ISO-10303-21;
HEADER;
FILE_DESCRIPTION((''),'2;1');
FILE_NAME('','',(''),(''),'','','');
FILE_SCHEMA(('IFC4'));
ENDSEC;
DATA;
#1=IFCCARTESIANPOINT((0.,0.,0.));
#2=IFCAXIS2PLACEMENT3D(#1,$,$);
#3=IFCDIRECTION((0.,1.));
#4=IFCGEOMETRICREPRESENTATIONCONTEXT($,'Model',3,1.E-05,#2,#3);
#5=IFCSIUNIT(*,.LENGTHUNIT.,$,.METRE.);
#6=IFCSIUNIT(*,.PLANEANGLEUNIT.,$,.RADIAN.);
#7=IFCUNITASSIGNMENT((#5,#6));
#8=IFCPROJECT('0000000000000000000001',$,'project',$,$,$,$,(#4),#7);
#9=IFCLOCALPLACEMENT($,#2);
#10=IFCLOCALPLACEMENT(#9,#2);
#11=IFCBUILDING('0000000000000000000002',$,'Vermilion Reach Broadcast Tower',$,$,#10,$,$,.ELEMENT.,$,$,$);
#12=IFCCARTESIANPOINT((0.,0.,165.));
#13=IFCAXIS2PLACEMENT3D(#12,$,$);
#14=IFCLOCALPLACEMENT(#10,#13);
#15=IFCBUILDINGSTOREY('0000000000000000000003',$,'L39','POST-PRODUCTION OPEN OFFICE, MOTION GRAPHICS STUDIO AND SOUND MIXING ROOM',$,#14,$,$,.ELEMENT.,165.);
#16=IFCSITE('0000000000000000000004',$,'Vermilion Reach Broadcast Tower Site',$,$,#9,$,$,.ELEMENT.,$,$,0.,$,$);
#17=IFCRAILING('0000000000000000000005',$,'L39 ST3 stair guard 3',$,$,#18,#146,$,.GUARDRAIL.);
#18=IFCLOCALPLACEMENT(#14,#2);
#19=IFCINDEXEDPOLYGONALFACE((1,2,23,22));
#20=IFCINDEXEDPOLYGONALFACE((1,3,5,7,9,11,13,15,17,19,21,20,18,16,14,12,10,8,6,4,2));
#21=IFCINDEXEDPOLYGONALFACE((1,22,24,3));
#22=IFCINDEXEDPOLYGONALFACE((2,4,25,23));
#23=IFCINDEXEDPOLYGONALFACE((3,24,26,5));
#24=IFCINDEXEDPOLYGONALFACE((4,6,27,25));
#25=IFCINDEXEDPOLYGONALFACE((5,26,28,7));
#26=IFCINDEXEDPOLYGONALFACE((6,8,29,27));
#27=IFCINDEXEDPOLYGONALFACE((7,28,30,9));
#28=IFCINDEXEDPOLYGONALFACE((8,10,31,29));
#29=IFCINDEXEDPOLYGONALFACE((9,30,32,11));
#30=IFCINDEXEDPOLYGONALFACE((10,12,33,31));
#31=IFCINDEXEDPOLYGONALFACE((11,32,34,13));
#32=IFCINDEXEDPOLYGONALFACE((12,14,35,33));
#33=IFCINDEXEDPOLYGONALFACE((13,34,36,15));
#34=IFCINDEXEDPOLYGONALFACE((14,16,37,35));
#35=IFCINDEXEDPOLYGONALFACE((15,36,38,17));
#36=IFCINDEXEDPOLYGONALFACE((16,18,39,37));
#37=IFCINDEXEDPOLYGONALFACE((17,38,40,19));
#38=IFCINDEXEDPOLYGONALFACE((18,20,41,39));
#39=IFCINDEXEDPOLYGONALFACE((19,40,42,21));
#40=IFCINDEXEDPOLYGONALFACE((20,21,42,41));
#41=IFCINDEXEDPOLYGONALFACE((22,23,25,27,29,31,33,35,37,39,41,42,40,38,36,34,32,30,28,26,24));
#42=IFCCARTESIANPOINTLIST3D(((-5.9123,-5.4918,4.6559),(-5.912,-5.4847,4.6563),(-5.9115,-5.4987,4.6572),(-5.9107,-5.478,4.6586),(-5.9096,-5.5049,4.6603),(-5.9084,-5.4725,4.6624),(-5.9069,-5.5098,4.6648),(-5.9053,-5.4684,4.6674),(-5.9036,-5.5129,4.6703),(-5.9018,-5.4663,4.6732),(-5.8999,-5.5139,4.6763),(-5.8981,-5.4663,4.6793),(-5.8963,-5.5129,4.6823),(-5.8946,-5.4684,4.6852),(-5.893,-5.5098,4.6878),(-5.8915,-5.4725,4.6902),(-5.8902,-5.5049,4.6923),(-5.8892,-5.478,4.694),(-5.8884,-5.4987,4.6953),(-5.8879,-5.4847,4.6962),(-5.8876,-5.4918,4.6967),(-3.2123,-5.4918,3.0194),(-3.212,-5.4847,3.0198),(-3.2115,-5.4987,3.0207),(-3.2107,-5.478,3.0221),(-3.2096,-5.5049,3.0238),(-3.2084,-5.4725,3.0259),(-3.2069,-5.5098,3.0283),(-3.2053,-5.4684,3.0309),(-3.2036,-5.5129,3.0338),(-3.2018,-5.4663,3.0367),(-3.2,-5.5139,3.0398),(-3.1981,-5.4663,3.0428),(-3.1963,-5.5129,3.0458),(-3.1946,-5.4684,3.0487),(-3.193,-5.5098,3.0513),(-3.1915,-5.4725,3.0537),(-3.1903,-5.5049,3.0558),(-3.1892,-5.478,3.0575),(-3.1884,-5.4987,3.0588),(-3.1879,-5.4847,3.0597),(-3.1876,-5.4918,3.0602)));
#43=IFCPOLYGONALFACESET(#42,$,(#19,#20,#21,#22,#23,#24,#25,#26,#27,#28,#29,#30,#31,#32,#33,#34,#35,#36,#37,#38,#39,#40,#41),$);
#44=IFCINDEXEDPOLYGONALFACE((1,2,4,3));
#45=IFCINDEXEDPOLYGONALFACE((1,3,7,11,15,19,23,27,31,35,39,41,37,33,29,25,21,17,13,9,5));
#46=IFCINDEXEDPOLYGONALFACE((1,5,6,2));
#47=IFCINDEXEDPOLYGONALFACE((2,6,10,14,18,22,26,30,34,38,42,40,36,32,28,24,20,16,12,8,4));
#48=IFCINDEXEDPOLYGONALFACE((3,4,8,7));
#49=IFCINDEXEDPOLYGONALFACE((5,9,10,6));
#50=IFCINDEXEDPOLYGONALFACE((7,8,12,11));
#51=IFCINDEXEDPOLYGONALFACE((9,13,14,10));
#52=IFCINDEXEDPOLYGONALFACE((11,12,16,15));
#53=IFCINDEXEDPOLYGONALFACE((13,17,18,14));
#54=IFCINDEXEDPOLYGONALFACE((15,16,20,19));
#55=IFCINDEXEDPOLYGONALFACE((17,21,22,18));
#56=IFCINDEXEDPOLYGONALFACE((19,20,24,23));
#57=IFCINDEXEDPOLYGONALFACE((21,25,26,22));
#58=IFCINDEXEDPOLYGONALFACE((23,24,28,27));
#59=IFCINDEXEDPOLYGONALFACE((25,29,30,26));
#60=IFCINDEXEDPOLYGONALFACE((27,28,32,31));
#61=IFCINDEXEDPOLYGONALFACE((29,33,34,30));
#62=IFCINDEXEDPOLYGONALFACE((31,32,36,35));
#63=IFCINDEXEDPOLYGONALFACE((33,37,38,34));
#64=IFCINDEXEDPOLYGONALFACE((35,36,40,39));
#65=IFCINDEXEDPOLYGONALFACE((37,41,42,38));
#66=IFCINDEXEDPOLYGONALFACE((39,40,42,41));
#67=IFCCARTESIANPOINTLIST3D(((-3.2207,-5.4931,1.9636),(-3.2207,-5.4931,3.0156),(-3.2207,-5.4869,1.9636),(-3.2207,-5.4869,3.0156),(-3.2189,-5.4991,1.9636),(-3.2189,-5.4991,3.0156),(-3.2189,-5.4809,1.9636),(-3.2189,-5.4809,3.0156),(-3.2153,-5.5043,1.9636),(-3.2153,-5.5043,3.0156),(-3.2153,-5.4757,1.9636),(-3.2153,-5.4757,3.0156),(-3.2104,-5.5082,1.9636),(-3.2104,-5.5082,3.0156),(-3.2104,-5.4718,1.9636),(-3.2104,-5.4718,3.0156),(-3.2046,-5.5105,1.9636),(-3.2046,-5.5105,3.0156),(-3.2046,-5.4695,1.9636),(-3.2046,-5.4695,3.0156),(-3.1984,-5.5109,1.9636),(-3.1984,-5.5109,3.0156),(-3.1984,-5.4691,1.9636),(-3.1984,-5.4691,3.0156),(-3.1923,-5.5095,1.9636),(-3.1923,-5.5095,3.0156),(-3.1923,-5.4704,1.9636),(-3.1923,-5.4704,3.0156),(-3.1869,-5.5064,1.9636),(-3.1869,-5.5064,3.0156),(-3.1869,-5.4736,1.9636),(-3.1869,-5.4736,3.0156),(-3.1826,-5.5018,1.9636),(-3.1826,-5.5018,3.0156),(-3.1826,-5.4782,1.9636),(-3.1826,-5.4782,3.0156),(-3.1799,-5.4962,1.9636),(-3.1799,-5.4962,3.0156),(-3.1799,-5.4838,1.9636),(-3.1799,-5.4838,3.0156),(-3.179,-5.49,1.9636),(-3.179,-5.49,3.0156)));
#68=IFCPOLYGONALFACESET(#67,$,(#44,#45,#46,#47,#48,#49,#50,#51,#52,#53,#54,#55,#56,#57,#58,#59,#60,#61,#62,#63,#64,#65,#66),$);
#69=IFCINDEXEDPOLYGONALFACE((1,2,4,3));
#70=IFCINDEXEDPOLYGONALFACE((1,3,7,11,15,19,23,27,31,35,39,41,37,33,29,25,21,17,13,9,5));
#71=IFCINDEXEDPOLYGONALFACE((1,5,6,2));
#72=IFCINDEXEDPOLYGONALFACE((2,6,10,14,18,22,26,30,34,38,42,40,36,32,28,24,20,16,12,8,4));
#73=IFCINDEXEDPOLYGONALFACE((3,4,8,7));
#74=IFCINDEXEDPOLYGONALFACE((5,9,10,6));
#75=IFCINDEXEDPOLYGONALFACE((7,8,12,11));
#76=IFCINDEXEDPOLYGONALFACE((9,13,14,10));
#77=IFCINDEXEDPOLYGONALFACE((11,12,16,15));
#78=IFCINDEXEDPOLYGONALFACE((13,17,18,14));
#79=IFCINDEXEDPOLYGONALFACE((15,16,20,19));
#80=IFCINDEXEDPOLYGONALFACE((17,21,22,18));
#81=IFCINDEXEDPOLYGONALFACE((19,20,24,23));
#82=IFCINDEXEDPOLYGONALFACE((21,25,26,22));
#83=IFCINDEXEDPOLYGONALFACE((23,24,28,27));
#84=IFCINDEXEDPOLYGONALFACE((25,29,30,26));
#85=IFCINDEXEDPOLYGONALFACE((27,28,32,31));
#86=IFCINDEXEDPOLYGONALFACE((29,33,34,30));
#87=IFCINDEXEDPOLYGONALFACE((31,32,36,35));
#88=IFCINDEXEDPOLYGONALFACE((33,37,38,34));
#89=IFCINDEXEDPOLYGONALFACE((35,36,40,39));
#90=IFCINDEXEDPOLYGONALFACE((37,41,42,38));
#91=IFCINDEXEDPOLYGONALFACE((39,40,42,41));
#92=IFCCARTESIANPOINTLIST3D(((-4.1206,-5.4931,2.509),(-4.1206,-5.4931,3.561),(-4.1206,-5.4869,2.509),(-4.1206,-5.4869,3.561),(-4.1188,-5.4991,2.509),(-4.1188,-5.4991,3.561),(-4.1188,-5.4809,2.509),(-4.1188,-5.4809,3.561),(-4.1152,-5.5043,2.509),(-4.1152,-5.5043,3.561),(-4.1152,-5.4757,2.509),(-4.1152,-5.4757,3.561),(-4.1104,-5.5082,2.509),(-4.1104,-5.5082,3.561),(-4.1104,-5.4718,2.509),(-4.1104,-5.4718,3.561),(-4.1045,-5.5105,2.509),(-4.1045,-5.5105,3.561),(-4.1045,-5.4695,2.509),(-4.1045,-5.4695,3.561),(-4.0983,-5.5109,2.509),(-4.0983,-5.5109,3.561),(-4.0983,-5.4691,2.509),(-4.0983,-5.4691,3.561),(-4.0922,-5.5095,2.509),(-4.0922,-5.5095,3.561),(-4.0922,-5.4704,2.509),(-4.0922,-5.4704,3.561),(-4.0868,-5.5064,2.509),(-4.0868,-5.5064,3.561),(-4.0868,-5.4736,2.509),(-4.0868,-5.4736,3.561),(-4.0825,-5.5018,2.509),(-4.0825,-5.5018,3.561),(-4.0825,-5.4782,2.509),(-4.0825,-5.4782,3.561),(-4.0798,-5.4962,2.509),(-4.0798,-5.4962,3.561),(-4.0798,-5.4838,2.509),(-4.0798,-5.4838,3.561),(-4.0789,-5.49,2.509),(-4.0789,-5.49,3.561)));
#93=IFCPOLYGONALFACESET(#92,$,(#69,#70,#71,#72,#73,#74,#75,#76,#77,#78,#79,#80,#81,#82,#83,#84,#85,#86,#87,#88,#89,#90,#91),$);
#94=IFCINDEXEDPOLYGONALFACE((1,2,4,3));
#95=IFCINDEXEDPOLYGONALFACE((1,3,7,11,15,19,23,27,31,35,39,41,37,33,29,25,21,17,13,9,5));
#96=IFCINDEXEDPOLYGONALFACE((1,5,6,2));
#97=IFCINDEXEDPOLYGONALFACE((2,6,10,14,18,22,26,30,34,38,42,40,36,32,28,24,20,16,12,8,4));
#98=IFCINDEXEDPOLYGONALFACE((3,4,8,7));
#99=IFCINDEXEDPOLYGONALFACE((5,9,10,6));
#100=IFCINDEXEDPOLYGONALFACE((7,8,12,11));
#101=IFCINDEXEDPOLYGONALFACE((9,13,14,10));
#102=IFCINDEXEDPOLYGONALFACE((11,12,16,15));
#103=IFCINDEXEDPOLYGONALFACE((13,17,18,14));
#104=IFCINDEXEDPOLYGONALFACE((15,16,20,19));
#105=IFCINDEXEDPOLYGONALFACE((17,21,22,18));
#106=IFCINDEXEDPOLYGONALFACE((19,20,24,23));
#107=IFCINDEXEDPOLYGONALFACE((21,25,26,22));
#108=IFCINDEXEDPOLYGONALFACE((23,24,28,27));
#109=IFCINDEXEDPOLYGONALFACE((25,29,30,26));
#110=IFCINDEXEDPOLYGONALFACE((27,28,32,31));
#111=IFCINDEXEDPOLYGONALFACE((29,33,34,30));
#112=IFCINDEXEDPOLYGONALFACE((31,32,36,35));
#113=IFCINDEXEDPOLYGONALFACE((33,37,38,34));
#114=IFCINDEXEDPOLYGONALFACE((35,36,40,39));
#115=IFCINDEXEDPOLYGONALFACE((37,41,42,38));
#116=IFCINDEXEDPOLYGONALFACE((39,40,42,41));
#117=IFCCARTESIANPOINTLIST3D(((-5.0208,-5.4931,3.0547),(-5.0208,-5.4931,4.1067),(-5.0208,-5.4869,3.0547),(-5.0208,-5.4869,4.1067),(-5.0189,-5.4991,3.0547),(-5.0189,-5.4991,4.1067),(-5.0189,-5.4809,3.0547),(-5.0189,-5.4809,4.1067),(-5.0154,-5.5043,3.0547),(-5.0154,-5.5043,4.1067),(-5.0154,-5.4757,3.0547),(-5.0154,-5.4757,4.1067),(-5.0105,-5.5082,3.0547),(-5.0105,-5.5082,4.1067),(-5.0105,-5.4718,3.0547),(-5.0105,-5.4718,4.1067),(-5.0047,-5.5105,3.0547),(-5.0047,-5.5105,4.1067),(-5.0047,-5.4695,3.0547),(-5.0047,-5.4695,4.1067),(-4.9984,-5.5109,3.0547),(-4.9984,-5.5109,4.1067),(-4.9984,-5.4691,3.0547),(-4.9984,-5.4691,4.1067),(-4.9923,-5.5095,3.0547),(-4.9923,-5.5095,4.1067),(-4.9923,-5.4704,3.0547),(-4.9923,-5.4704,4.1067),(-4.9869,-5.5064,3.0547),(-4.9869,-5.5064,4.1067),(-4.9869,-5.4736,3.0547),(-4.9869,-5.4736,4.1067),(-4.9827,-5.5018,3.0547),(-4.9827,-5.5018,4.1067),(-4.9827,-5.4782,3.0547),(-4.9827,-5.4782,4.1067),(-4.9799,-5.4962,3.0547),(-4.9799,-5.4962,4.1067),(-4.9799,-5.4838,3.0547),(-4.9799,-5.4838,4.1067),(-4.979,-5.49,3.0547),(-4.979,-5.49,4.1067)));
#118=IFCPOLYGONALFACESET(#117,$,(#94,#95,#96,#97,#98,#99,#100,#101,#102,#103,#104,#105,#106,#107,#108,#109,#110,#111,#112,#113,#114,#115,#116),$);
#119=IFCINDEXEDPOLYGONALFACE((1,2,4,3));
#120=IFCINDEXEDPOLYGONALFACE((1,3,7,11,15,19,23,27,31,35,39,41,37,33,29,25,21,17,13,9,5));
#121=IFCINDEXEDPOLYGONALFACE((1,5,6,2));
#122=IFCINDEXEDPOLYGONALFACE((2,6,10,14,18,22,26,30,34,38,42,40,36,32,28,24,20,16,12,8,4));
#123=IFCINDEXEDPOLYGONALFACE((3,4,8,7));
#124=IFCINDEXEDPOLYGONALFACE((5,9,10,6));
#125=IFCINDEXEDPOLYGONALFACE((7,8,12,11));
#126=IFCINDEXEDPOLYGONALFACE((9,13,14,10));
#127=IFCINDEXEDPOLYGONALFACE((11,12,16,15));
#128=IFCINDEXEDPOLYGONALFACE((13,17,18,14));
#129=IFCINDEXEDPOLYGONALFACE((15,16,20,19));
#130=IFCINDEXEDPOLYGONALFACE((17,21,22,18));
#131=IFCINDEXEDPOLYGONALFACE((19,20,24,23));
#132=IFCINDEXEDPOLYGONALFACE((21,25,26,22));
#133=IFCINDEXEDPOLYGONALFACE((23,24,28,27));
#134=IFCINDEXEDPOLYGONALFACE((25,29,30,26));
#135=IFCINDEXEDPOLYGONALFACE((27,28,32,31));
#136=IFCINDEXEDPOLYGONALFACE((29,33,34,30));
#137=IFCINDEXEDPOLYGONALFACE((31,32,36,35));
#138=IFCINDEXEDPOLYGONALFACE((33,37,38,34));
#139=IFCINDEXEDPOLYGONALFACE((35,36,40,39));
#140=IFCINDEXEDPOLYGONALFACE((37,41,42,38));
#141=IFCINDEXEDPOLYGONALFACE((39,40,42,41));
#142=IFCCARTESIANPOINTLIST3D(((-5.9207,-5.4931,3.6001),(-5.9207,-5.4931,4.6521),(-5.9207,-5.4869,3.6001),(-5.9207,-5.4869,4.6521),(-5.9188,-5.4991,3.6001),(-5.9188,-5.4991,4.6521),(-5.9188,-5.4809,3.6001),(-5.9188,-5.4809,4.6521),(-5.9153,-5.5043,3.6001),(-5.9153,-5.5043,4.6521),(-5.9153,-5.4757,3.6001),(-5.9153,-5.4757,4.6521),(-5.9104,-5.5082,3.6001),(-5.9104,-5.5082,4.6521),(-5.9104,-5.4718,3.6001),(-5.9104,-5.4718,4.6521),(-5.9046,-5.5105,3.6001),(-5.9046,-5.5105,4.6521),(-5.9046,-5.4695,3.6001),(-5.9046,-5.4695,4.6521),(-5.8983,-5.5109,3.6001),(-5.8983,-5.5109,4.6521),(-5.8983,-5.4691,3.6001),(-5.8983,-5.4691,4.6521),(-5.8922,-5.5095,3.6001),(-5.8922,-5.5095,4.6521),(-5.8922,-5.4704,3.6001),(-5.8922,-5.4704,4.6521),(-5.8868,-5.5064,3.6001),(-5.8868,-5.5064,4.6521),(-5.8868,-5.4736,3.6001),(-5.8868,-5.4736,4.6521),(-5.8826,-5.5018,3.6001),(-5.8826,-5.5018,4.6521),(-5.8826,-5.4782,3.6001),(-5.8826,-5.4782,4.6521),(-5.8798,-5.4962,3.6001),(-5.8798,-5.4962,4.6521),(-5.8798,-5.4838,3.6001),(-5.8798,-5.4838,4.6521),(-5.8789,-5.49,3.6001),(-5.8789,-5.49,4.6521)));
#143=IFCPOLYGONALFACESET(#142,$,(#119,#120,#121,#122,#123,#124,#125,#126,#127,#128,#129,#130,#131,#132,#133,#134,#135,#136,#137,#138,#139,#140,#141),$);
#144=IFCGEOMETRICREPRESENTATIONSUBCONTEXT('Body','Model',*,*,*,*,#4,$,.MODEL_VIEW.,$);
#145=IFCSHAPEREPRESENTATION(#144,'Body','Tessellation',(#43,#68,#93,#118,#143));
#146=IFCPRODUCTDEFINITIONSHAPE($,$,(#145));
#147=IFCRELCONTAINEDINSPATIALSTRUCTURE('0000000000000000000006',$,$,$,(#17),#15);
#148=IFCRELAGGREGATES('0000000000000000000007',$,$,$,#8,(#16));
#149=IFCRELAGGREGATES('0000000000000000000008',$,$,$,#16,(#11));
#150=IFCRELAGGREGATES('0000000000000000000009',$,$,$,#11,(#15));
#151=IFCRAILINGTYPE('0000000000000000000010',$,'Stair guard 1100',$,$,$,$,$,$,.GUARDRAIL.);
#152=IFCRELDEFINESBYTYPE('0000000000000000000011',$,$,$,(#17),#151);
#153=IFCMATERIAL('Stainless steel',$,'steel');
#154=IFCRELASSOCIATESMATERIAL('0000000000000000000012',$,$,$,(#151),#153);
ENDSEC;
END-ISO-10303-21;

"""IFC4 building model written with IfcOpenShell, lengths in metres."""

from ifc_helpers import new_model, si_unit, direction, frame, origin, origin_2d, place, context, subcontext, project, spatial, circle, extrude, material, type_object, element, save


model = new_model("IFC4")

# Units and contexts
model_context = context("Model", 3, precision=1e-05, world=origin(), true_north=direction((0.0, 1.0)))
body_context = subcontext(model_context, "Body", "Model", "MODEL_VIEW")
ifc_project = project(units=[si_unit("LENGTHUNIT", "METRE"), si_unit("PLANEANGLEUNIT", "RADIAN")], contexts=[model_context])

# Site, building, storey
site_placement = place(None, origin())
site = spatial("IfcSite", under=ifc_project, at=site_placement, Name="Vermilion Reach Broadcast Tower Site", CompositionType="ELEMENT", RefElevation=0.0)
building_placement = place(site_placement, origin())
building = spatial("IfcBuilding", under=site, at=building_placement, Name="Vermilion Reach Broadcast Tower", CompositionType="ELEMENT")
storey_placement = place(building_placement, frame((0.0, 0.0, 165.0)))
storey = spatial("IfcBuildingStorey", under=building, at=storey_placement, Name="L39", Description="POST-PRODUCTION OPEN OFFICE, MOTION GRAPHICS STUDIO AND SOUND MIXING ROOM", CompositionType="ELEMENT", Elevation=165.0)

# Railing
ifc_material_1 = material(Name="Stainless steel", Category="steel")
railing_type_1 = type_object("IfcRailingType", Name="Stair guard 1100", PredefinedType="GUARDRAIL", material=ifc_material_1)
railing_1_placement = place(storey_placement, frame((-3.2, -5.49, 1.9636)))
element("IfcRailing", 1, at=railing_1_placement, inside=storey, type_object=railing_type_1, Name="L39 ST3 stair guard 3", PredefinedType="GUARDRAIL", context=body_context, shape_type="SweptSolid", body=[
    extrude(circle(Radius=0.0239, at=origin_2d()), frame((0.0, 0.0, 1.0762), z_axis=(-0.855178, 0.0, 0.518334), x_axis=(0.0, -1.0, 0.0)), (0.0, 0.0, 1.0), 3.1572),
    extrude(circle(Radius=0.021, at=origin_2d()), origin(), (0.0, 0.0, 1.0), 1.052),
    extrude(circle(Radius=0.021, at=origin_2d()), frame((-0.8999, 0.0, 0.5454)), (0.0, 0.0, 1.0), 1.052),
    extrude(circle(Radius=0.021, at=origin_2d()), frame((-1.8, 0.0, 1.0911)), (0.0, 0.0, 1.0), 1.052),
    extrude(circle(Radius=0.021, at=origin_2d()), frame((-2.7, 0.0, 1.6365)), (0.0, 0.0, 1.0), 1.052),
])

save(model, "model.ifc")
